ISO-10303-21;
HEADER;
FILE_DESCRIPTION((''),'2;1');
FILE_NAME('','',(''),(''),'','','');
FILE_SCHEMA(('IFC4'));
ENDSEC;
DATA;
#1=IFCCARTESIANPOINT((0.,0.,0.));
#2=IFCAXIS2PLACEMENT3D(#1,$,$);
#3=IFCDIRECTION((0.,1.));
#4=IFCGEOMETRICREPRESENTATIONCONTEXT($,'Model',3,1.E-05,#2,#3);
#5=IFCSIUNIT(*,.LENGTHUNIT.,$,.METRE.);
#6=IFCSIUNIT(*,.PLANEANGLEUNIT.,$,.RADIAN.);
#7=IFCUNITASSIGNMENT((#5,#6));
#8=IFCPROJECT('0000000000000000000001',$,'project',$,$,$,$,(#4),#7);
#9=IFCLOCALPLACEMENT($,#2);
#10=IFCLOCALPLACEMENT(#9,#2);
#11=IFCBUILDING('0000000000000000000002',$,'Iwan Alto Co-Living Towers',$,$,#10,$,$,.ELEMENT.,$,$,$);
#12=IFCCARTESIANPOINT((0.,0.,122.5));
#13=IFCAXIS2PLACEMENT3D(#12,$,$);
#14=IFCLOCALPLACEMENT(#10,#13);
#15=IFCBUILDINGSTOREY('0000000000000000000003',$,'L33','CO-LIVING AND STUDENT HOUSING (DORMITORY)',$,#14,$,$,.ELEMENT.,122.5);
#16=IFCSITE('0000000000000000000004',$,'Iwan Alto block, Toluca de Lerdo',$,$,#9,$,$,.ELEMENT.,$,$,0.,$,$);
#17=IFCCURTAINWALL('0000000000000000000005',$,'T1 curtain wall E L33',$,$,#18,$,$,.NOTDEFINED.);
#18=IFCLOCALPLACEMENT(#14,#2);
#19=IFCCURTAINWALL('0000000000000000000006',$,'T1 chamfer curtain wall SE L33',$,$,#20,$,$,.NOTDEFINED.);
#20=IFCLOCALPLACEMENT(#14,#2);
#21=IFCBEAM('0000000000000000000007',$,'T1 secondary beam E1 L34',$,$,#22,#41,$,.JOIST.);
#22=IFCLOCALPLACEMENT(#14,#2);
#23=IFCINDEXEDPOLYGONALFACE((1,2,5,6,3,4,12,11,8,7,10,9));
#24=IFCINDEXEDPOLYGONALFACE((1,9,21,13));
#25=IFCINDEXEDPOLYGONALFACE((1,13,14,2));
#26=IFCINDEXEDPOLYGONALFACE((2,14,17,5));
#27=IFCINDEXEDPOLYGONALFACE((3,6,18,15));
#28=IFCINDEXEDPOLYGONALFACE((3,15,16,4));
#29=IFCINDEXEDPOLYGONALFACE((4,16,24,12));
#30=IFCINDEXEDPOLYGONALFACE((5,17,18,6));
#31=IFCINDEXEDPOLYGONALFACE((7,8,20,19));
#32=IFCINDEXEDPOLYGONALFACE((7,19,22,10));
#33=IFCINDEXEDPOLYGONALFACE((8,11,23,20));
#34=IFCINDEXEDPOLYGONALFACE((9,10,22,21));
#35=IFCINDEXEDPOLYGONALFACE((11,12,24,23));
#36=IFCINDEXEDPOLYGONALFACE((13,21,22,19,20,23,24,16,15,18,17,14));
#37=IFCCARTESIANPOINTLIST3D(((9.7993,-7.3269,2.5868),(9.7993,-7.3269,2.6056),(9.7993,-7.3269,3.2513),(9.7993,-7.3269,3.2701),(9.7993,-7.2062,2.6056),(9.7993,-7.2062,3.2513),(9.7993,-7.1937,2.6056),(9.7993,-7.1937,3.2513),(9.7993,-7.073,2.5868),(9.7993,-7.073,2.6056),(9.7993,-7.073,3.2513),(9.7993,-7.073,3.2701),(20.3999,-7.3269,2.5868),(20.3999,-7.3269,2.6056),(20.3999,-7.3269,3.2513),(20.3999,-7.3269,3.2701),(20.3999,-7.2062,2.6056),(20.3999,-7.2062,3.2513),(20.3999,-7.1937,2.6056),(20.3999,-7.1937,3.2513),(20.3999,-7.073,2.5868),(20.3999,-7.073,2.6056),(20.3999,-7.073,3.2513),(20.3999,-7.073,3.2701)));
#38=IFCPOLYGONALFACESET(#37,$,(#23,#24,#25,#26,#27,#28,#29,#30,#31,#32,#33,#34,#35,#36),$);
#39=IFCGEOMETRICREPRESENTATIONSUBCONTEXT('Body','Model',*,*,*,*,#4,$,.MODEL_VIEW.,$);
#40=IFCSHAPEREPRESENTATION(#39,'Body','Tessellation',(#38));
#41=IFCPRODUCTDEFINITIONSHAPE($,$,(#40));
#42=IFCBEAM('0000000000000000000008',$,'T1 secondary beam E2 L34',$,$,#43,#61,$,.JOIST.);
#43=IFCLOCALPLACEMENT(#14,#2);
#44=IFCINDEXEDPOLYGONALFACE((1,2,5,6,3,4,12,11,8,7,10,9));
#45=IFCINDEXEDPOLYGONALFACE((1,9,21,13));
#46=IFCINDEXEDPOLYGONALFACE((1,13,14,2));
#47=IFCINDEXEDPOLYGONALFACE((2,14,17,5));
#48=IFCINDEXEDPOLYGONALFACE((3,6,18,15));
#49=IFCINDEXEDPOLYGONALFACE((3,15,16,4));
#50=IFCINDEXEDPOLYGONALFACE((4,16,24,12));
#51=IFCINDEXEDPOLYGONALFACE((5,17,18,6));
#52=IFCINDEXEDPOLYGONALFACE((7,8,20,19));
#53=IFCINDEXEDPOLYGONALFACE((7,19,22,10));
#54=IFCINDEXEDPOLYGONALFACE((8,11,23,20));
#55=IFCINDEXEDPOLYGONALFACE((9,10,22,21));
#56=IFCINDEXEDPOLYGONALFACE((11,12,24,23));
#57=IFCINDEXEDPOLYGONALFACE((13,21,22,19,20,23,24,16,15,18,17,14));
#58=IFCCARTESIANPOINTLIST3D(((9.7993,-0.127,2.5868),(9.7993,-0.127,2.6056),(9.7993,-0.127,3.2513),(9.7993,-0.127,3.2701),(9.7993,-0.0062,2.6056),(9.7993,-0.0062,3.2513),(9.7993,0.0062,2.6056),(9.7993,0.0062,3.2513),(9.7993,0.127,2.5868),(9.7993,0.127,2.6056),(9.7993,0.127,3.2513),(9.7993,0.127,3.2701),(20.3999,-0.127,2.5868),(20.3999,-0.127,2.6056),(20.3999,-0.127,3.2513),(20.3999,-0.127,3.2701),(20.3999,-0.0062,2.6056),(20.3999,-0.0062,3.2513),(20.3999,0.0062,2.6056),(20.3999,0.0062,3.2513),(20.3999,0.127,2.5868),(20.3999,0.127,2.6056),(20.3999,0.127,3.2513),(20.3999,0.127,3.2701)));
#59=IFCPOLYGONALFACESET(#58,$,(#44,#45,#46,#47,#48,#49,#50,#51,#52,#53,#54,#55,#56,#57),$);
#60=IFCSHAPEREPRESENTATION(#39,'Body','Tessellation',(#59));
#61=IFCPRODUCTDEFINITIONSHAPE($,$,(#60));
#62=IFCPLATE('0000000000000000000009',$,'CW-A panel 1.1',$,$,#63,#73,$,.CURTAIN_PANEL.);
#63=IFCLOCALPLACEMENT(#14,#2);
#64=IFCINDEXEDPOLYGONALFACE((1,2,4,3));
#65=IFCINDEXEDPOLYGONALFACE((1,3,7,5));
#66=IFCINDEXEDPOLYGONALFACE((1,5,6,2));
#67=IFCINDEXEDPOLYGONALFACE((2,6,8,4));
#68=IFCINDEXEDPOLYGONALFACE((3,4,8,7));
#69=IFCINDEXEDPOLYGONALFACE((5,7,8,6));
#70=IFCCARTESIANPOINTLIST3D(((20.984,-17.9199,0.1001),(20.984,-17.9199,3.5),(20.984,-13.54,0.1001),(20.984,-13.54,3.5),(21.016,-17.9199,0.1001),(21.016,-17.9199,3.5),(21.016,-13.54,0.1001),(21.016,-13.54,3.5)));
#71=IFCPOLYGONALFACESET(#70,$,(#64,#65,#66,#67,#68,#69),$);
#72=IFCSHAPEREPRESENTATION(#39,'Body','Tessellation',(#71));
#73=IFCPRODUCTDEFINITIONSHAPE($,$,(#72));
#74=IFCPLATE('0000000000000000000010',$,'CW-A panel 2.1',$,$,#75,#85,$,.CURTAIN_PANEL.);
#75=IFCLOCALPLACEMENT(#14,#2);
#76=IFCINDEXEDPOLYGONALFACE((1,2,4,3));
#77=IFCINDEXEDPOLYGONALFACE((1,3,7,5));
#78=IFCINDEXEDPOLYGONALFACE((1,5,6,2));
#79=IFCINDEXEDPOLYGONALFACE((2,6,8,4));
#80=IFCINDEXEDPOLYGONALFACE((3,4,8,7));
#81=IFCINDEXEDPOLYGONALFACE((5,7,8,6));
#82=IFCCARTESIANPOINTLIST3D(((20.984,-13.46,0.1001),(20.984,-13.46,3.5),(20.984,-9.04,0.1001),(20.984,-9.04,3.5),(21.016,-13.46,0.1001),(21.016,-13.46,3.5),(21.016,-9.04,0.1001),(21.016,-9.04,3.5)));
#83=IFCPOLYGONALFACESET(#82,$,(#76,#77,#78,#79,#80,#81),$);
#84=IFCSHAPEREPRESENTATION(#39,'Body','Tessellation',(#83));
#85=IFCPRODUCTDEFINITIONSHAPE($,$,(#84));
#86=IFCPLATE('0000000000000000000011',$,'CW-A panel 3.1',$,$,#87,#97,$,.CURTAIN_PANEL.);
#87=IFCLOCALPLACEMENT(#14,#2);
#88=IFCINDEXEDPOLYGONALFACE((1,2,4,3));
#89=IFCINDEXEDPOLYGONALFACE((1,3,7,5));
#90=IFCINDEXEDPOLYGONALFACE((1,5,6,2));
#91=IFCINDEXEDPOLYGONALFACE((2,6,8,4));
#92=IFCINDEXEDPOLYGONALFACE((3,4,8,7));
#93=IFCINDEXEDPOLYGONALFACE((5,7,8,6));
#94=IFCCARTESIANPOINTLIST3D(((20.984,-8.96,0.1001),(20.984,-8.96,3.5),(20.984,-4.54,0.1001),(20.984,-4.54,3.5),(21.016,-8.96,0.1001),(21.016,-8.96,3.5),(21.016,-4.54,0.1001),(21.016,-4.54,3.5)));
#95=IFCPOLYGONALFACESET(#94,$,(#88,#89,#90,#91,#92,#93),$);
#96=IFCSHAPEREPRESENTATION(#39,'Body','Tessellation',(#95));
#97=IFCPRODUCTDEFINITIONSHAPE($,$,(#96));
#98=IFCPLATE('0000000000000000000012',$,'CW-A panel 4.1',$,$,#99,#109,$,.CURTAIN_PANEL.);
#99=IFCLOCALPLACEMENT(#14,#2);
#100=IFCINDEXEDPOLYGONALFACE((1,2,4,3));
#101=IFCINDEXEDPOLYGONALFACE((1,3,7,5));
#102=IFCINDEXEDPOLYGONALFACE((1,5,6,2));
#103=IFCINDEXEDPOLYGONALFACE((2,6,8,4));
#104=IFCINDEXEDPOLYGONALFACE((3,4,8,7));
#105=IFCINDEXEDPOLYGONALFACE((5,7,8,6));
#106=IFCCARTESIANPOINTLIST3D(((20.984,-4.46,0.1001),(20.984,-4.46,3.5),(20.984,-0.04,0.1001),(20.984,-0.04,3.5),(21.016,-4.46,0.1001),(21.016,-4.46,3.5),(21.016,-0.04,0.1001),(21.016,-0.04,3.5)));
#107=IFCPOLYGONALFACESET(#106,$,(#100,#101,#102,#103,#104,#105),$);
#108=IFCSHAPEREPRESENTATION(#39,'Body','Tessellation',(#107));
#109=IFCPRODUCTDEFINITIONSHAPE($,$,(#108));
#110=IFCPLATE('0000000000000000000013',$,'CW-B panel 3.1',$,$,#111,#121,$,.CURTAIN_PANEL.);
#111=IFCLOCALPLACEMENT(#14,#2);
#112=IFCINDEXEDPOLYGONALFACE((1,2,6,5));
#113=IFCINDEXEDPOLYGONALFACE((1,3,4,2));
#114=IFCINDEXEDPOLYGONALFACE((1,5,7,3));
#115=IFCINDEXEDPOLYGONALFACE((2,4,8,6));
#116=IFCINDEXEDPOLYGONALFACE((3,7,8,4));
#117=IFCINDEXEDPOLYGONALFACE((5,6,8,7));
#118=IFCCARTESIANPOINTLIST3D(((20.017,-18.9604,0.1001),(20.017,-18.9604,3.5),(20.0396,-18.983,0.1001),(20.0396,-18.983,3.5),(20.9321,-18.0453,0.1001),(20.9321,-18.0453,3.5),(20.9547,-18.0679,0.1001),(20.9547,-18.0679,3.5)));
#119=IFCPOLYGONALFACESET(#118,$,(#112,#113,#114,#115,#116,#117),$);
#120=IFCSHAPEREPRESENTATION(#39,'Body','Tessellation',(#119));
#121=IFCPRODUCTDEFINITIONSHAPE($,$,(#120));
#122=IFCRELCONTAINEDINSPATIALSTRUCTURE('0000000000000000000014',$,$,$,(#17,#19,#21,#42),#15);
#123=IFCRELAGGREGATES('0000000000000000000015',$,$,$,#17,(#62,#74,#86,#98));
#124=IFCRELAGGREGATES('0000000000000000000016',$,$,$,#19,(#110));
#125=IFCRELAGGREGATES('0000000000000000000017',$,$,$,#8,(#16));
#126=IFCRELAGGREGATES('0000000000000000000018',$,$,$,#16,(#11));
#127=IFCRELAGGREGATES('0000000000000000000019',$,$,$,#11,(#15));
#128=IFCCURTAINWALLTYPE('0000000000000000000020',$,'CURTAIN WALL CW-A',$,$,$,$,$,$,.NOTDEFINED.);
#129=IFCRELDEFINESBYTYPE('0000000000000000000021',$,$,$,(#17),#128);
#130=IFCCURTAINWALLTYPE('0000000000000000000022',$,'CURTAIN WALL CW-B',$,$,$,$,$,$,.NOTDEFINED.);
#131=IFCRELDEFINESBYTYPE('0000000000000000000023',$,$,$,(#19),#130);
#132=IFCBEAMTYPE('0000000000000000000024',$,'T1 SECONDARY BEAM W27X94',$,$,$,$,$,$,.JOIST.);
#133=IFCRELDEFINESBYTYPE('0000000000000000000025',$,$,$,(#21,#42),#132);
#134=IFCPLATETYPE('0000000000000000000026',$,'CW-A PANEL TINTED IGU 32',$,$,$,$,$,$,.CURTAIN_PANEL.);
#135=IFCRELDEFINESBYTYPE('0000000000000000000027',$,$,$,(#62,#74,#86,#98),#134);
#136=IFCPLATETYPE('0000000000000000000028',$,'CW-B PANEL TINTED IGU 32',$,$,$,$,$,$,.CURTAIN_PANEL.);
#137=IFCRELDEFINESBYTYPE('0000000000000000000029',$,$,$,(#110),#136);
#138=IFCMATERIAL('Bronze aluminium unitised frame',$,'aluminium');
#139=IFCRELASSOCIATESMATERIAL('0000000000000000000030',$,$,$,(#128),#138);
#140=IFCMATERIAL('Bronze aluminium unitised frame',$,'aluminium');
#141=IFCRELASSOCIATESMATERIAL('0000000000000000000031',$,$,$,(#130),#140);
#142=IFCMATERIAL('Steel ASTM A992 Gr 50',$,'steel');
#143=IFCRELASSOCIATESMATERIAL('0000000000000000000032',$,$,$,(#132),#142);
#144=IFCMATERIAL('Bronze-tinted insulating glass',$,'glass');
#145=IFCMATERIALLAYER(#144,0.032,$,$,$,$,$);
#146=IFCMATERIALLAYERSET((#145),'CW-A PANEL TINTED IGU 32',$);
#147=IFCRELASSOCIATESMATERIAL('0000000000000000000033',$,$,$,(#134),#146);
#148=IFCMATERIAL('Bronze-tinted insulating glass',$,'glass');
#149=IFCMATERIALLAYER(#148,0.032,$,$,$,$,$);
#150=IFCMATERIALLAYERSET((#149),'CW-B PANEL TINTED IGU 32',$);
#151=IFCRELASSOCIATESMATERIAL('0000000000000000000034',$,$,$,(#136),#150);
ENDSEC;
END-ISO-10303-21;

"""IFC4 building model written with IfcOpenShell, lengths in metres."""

from ifc_helpers import new_model, si_unit, direction, frame, origin, origin_2d, place, context, subcontext, project, spatial, rectangle, i_section, extrude, material, layer, layer_set, material_profile, profile_set, type_object, element, aggregate, save


model = new_model("IFC4")

# Units and contexts
model_context = context("Model", 3, precision=1e-05, world=origin(), true_north=direction((0.0, 1.0)))
body_context = subcontext(model_context, "Body", "Model", "MODEL_VIEW")
ifc_project = project(units=[si_unit("LENGTHUNIT", "METRE"), si_unit("PLANEANGLEUNIT", "RADIAN")], contexts=[model_context])

# Site, building, storey
site_placement = place(None, origin())
site = spatial("IfcSite", under=ifc_project, at=site_placement, Name="Iwan Alto block, Toluca de Lerdo", CompositionType="ELEMENT", RefElevation=0.0)
building_placement = place(site_placement, origin())
building = spatial("IfcBuilding", under=site, at=building_placement, Name="Iwan Alto Co-Living Towers", CompositionType="ELEMENT")
storey_placement = place(building_placement, frame((0.0, 0.0, 122.5)))
storey = spatial("IfcBuildingStorey", under=building, at=storey_placement, Name="L33", Description="CO-LIVING AND STUDENT HOUSING (DORMITORY)", CompositionType="ELEMENT", Elevation=122.5)

# Curtain wall
ifc_material_1 = material(Name="Bronze aluminium unitised frame", Category="aluminium")
curtain_wall_type_1 = type_object("IfcCurtainWallType", Name="CURTAIN WALL CW-A", PredefinedType="NOTDEFINED", material=ifc_material_1)
curtain_wall_1_placement = place(storey_placement, origin())
curtain_wall_1 = element("IfcCurtainWall", 1, at=curtain_wall_1_placement, inside=storey, type_object=curtain_wall_type_1, Name="T1 curtain wall E L33", PredefinedType="NOTDEFINED")

# Curtain wall
ifc_material_2 = material(Name="Bronze aluminium unitised frame", Category="aluminium")
curtain_wall_type_2 = type_object("IfcCurtainWallType", Name="CURTAIN WALL CW-B", PredefinedType="NOTDEFINED", material=ifc_material_2)
curtain_wall_2_placement = place(storey_placement, origin())
curtain_wall_2 = element("IfcCurtainWall", 2, at=curtain_wall_2_placement, inside=storey, type_object=curtain_wall_type_2, Name="T1 chamfer curtain wall SE L33", PredefinedType="NOTDEFINED")

# Beams
ifc_material_3 = material(Name="Steel ASTM A992 Gr 50", Category="steel")
ifc_material_profile_1 = material_profile(ifc_material_3, i_section(OverallWidth=0.2539, OverallDepth=0.6833, WebThickness=0.0125, FlangeThickness=0.0188, at=origin_2d()), Name="W27X94")
ifc_profile_set_1 = profile_set([ifc_material_profile_1], Name="Steel ASTM A992 Gr 50")
beam_type_1 = type_object("IfcBeamType", Name="T1 SECONDARY BEAM W27X94", PredefinedType="JOIST", material=ifc_profile_set_1)
for number, where, z_axis, x_axis, name in (
    (3, (20.3999, -7.2, 2.9285), (-1.0, 0.0, 0.0), (0.0, -1.0, 0.0), "T1 secondary beam E1 L34"),
    (4, (20.3999, 0.0, 2.9285), (-1.0, 0.0, 0.0), (0.0, -1.0, 0.0), "T1 secondary beam E2 L34"),
):
    element("IfcBeam", number, at=place(storey_placement, frame(where, z_axis=z_axis, x_axis=x_axis)), inside=storey, type_object=beam_type_1, Name=name, PredefinedType="JOIST", context=body_context, shape_type="SweptSolid", body=[
        extrude(i_section(OverallWidth=0.2539, OverallDepth=0.6833, WebThickness=0.0125, FlangeThickness=0.0188, at=origin_2d()), origin(), (0.0, 0.0, 1.0), 10.6006),
    ])

# Plates
ifc_material_4 = material(Name="Bronze-tinted insulating glass", Category="glass")
ifc_layer_1 = layer(ifc_material_4, 0.032)
ifc_layer_set_1 = layer_set([ifc_layer_1], Name="CW-A PANEL TINTED IGU 32")
plate_type_1 = type_object("IfcPlateType", Name="CW-A PANEL TINTED IGU 32", PredefinedType="CURTAIN_PANEL", material=ifc_layer_set_1)
plate_1_placement = place(storey_placement, frame((21.0, -15.73, 0.1001), z_axis=(0.0, 0.0, 1.0), x_axis=(0.0, 1.0, 0.0)))
plate_1 = element("IfcPlate", 5, at=plate_1_placement, type_object=plate_type_1, Name="CW-A panel 1.1", PredefinedType="CURTAIN_PANEL", context=body_context, shape_type="SweptSolid", body=[
    extrude(rectangle(XDim=4.3799, YDim=0.032, at=origin_2d()), origin(), (0.0, 0.0, 1.0), 3.3999),
])
plate_2_placement = place(storey_placement, frame((21.0, -11.25, 0.1001), z_axis=(0.0, 0.0, 1.0), x_axis=(0.0, 1.0, 0.0)))
plate_2 = element("IfcPlate", 6, at=plate_2_placement, type_object=plate_type_1, Name="CW-A panel 2.1", PredefinedType="CURTAIN_PANEL", context=body_context, shape_type="SweptSolid", body=[
    extrude(rectangle(XDim=4.4199, YDim=0.032, at=origin_2d()), origin(), (0.0, 0.0, 1.0), 3.3999),
])
plate_3_placement = place(storey_placement, frame((21.0, -6.75, 0.1001), z_axis=(0.0, 0.0, 1.0), x_axis=(0.0, 1.0, 0.0)))
plate_3 = element("IfcPlate", 7, at=plate_3_placement, type_object=plate_type_1, Name="CW-A panel 3.1", PredefinedType="CURTAIN_PANEL", context=body_context, shape_type="SweptSolid", body=[
    extrude(rectangle(XDim=4.4199, YDim=0.032, at=origin_2d()), origin(), (0.0, 0.0, 1.0), 3.3999),
])
plate_4_placement = place(storey_placement, frame((21.0, -2.25, 0.1001), z_axis=(0.0, 0.0, 1.0), x_axis=(0.0, 1.0, 0.0)))
plate_4 = element("IfcPlate", 8, at=plate_4_placement, type_object=plate_type_1, Name="CW-A panel 4.1", PredefinedType="CURTAIN_PANEL", context=body_context, shape_type="SweptSolid", body=[
    extrude(rectangle(XDim=4.4199, YDim=0.032, at=origin_2d()), origin(), (0.0, 0.0, 1.0), 3.3999),
])
aggregate(curtain_wall_1, [plate_1, plate_2, plate_3, plate_4])
ifc_material_5 = material(Name="Bronze-tinted insulating glass", Category="glass")
ifc_layer_2 = layer(ifc_material_5, 0.032)
ifc_layer_set_2 = layer_set([ifc_layer_2], Name="CW-B PANEL TINTED IGU 32")
plate_type_2 = type_object("IfcPlateType", Name="CW-B PANEL TINTED IGU 32", PredefinedType="CURTAIN_PANEL", material=ifc_layer_set_2)
plate_5_placement = place(storey_placement, frame((20.4858, -18.5142, 0.1001), z_axis=(0.0, 0.0, 1.0), x_axis=(0.707107, 0.707107, 0.0)))
plate_5 = element("IfcPlate", 9, at=plate_5_placement, type_object=plate_type_2, Name="CW-B panel 3.1", PredefinedType="CURTAIN_PANEL", context=body_context, shape_type="SweptSolid", body=[
    extrude(rectangle(XDim=1.2942, YDim=0.032, at=origin_2d()), origin(), (0.0, 0.0, 1.0), 3.3999),
])
aggregate(curtain_wall_2, [plate_5])

save(model, "model.ifc")
